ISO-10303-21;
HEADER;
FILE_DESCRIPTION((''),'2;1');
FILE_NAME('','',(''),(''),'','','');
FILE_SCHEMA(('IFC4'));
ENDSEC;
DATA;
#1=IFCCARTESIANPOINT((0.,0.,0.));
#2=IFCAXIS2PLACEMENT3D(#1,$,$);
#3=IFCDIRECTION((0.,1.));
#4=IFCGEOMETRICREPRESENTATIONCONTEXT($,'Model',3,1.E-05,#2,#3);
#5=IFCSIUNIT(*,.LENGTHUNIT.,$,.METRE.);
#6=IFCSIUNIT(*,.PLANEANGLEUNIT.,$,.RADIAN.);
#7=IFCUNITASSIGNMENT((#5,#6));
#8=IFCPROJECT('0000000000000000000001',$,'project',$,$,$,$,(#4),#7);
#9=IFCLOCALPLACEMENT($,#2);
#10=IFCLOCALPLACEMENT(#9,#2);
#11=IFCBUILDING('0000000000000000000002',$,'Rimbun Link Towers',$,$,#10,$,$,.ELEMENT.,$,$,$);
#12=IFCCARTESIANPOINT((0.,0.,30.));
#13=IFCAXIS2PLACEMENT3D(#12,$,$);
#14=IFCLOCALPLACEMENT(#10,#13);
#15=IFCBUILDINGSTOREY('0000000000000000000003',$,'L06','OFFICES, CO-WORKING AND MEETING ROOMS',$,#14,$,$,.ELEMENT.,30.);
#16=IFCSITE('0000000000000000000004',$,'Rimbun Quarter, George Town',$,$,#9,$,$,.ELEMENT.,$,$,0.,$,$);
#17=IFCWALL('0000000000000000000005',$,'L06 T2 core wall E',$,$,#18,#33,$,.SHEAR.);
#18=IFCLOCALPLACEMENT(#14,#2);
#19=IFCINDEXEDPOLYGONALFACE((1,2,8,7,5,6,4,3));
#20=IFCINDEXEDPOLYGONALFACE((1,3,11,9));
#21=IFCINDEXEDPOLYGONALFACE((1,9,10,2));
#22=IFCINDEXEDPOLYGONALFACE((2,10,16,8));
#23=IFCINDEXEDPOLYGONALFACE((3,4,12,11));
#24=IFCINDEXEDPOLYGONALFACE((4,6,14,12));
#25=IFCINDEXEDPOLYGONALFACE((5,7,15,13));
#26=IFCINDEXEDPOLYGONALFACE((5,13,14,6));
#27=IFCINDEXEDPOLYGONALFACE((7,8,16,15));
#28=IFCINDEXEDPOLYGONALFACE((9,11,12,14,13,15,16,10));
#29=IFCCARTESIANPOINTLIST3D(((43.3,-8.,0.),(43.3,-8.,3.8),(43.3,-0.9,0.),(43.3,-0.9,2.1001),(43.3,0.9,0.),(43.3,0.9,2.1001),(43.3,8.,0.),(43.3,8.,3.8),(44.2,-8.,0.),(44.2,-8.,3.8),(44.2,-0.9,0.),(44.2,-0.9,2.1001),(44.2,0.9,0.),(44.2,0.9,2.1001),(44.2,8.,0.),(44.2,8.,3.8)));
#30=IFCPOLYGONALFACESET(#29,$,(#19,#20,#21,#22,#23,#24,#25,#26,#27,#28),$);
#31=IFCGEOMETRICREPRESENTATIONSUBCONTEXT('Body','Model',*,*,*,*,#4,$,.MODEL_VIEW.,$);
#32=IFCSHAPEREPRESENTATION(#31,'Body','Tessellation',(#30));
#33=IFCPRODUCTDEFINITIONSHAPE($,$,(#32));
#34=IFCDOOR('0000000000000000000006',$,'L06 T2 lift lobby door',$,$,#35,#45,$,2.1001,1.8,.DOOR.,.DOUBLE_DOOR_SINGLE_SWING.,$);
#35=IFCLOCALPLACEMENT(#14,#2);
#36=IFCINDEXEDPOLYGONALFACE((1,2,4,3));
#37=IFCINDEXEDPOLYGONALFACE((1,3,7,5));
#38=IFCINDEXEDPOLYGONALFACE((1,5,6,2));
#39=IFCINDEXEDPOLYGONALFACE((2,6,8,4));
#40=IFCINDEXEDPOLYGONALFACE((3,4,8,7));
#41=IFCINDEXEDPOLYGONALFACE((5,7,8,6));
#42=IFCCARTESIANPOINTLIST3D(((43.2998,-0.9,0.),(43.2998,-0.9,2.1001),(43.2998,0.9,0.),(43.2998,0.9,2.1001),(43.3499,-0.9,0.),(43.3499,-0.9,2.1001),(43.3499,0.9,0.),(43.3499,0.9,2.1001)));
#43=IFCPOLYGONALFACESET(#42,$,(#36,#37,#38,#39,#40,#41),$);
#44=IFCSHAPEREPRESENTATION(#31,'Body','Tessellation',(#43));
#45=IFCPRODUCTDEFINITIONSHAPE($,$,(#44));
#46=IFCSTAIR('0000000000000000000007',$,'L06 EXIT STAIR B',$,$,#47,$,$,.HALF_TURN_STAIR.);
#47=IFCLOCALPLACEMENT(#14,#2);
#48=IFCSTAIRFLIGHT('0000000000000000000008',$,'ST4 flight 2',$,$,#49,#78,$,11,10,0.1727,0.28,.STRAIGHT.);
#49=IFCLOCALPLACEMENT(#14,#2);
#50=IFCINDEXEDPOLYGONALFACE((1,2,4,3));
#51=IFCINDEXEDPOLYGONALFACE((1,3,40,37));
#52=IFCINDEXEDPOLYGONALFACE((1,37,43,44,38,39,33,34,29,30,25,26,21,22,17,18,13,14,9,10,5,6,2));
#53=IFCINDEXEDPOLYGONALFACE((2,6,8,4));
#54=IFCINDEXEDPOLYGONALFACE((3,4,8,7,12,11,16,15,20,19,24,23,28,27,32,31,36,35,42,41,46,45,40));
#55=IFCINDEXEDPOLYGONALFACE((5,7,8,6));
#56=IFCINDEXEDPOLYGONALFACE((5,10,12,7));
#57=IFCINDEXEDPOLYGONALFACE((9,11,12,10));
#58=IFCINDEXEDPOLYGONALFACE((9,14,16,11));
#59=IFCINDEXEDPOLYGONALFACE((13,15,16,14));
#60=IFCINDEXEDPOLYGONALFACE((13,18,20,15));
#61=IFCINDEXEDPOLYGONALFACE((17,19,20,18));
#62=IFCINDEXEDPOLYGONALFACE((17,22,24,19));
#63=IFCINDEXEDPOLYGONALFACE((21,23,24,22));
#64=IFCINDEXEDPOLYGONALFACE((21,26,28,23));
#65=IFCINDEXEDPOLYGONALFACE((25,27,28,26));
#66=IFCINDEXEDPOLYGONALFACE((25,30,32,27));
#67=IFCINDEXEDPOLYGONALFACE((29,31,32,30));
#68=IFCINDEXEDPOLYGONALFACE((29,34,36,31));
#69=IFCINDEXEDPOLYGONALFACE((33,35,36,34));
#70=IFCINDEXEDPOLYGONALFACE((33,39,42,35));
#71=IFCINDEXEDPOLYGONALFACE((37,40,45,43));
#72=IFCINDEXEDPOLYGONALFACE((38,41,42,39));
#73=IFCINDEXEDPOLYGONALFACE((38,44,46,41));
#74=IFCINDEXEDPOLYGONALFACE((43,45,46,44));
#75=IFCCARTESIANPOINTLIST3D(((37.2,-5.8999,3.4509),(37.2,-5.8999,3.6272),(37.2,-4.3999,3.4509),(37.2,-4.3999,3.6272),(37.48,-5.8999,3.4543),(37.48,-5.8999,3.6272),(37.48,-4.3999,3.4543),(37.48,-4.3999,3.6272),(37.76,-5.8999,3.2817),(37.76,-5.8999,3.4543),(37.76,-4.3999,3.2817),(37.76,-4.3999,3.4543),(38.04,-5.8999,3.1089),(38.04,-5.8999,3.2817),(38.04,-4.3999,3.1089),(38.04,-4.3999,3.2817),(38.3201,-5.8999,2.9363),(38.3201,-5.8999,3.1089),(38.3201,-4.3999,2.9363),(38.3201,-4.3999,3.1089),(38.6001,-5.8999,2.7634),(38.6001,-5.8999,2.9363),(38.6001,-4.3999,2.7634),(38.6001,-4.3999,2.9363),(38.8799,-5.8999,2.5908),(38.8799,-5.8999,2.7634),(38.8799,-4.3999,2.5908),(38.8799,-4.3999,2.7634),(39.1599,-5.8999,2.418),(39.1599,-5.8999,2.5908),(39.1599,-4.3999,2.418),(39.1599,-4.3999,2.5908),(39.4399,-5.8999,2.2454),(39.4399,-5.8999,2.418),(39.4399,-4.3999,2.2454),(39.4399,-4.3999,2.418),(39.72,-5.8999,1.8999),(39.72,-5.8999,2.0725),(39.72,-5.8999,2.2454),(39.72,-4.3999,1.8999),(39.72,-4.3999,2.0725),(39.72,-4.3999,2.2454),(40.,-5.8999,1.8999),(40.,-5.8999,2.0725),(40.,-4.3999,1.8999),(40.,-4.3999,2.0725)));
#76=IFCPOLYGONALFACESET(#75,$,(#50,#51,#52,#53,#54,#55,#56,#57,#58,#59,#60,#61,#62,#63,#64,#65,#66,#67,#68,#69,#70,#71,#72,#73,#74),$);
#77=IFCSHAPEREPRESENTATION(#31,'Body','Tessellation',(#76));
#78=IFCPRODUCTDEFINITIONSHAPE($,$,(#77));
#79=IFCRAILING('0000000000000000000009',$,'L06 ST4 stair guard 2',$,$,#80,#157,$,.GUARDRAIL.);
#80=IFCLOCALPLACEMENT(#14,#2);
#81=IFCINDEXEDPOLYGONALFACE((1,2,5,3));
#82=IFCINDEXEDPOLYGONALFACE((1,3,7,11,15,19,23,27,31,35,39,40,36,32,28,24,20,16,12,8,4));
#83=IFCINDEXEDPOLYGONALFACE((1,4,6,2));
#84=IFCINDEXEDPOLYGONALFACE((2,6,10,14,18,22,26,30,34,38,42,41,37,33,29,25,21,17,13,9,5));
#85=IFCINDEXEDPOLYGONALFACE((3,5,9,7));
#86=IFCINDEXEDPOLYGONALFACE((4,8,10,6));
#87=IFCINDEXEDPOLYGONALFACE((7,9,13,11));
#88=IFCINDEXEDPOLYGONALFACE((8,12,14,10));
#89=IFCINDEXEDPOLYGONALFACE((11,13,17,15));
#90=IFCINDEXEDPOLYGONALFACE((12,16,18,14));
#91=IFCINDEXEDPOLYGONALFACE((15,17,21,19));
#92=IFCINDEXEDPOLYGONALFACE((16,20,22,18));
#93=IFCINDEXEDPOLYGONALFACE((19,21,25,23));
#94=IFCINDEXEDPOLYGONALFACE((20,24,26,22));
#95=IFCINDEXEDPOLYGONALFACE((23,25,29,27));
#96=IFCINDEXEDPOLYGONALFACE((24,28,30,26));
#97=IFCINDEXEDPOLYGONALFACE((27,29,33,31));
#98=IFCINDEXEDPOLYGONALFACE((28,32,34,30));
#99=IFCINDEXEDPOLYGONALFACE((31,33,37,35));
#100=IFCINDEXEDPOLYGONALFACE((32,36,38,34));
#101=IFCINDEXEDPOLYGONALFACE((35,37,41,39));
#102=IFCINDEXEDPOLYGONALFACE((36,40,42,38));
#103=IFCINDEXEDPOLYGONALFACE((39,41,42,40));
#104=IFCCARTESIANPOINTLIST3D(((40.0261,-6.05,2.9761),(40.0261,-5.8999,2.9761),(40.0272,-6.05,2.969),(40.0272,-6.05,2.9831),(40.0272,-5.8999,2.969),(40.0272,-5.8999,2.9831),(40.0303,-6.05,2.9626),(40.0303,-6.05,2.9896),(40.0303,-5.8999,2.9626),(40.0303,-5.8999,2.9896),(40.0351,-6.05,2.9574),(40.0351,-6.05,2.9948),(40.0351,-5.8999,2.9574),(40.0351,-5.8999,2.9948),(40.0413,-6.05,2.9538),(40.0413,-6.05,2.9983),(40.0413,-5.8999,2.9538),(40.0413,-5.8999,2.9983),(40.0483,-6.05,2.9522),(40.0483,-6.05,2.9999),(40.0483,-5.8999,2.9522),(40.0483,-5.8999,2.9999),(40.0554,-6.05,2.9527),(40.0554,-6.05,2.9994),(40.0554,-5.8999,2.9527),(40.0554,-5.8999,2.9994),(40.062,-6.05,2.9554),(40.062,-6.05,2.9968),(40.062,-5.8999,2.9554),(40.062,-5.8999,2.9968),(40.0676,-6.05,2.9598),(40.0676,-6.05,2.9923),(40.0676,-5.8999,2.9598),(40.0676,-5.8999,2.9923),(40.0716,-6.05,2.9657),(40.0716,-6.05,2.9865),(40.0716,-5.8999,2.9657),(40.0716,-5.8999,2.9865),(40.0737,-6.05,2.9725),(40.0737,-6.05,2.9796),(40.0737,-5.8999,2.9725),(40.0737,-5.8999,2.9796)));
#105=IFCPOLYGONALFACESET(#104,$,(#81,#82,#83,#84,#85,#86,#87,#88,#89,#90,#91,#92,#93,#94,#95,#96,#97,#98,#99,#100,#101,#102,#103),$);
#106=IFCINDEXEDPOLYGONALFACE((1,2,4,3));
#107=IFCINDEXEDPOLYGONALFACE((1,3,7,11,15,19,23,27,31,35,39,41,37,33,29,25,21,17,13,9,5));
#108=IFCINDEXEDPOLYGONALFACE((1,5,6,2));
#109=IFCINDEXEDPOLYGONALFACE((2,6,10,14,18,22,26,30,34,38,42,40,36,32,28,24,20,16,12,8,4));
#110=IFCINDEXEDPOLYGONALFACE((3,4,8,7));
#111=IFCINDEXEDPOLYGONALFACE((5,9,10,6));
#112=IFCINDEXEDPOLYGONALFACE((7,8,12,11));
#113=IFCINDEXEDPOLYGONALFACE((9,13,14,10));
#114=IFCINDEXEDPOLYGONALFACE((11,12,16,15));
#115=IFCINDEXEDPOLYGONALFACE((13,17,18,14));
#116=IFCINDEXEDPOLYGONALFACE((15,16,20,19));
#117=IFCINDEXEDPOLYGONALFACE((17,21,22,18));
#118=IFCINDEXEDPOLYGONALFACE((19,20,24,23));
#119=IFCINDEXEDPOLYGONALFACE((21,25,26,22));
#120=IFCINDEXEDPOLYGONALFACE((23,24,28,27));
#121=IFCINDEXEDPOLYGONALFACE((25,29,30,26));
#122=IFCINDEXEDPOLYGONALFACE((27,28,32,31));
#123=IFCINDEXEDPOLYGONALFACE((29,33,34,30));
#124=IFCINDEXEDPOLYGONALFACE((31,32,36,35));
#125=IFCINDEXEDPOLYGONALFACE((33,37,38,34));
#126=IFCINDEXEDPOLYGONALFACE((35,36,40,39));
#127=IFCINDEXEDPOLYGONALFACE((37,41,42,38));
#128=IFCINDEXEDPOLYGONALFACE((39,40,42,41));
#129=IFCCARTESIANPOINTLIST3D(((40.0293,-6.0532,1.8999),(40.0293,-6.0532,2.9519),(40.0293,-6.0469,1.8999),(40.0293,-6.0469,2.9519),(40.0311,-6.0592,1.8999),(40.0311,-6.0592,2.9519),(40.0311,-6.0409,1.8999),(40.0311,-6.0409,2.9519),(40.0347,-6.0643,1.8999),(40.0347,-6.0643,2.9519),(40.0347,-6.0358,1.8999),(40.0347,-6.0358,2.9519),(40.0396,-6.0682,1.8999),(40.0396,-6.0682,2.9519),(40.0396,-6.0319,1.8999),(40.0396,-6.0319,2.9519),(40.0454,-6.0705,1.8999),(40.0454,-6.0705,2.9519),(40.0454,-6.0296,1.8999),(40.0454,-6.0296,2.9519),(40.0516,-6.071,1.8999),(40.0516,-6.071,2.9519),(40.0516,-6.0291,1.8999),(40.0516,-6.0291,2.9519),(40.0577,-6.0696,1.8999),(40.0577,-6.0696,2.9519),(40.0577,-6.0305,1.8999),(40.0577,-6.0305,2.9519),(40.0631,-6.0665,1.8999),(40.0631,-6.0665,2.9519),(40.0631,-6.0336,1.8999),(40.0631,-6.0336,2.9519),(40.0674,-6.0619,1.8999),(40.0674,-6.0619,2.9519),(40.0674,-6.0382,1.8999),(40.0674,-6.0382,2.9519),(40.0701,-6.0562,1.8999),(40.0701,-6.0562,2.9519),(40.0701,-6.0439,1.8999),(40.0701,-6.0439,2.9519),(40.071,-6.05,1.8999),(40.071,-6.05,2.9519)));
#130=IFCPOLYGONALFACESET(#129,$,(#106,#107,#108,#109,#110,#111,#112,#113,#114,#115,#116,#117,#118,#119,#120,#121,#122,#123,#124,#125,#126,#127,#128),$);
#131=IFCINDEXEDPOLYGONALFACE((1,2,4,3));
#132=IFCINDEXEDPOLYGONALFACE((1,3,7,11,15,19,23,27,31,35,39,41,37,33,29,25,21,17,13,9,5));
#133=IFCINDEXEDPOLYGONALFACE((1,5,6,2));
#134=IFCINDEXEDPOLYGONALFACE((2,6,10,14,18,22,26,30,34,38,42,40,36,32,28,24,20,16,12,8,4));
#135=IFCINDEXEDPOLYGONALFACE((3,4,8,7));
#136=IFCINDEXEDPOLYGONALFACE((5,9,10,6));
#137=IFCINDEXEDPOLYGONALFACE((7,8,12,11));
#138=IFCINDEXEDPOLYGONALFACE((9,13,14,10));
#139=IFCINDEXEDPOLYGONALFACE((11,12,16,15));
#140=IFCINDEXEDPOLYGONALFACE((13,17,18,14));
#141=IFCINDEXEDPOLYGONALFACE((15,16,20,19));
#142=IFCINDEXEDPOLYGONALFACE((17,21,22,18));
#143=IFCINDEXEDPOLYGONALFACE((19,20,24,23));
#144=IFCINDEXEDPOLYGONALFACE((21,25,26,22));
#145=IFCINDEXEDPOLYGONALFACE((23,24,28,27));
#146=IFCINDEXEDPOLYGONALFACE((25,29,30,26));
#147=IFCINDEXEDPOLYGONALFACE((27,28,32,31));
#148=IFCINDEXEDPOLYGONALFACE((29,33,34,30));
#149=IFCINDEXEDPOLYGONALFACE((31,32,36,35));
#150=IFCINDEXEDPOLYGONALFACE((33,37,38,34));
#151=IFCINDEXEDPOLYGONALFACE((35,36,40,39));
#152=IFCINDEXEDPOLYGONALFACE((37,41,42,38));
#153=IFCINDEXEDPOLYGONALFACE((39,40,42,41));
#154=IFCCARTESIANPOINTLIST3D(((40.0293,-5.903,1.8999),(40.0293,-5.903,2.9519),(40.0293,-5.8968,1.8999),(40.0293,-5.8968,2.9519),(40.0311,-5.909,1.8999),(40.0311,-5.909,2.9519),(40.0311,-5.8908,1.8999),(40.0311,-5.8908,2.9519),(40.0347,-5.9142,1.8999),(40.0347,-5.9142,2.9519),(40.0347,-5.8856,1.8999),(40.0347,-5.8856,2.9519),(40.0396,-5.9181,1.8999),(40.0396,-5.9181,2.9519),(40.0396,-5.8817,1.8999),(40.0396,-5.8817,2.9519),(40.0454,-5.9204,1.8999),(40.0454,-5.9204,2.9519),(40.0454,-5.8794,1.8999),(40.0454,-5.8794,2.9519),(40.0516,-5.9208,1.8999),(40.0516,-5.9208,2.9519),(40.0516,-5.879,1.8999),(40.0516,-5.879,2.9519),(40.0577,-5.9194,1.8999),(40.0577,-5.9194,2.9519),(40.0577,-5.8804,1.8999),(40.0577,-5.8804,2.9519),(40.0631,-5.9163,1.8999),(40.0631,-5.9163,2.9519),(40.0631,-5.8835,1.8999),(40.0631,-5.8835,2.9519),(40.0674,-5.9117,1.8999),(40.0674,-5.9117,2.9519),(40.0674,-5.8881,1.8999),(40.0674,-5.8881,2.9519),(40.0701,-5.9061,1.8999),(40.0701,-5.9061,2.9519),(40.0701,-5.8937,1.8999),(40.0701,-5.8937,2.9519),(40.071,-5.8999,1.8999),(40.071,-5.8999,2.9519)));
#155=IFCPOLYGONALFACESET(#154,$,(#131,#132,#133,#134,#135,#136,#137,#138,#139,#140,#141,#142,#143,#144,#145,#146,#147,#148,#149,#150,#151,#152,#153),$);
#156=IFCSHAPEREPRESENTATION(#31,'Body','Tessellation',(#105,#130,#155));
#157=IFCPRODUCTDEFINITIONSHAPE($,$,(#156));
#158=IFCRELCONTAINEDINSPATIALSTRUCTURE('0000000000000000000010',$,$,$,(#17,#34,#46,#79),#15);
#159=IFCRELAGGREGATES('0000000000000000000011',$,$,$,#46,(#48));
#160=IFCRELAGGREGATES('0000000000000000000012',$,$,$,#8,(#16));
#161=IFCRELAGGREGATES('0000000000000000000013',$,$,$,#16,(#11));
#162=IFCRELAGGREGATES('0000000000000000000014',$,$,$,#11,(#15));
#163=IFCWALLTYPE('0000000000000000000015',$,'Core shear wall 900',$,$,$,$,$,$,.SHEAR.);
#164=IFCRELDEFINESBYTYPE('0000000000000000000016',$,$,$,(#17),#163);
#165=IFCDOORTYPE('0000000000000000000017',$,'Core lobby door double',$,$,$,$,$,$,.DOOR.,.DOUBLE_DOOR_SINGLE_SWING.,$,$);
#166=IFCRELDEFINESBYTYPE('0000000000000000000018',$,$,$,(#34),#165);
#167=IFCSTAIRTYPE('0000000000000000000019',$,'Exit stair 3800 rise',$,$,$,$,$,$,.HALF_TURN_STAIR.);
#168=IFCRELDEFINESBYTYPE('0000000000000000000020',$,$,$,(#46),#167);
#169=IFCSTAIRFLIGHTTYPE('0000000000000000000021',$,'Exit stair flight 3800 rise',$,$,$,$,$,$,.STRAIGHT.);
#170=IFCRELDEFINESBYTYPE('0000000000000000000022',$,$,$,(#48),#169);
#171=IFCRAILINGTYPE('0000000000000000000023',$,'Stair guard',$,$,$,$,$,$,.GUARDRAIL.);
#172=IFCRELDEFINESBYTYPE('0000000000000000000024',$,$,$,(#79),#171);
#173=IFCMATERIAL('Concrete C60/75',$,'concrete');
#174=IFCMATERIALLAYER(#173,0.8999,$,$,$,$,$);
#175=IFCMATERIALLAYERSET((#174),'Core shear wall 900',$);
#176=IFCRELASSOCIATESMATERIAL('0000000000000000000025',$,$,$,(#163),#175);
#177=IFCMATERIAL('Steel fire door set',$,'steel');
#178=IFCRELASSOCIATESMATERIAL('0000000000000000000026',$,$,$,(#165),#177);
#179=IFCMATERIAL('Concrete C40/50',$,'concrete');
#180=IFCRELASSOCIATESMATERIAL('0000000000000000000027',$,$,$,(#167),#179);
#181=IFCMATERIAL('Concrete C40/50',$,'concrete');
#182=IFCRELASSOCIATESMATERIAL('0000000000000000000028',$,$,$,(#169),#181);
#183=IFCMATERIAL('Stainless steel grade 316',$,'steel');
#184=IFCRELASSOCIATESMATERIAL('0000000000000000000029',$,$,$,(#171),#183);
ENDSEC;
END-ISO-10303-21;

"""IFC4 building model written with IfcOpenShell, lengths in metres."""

from ifc_helpers import new_model, si_unit, direction, frame, frame_2d, origin, origin_2d, place, context, subcontext, project, spatial, polyline, rectangle, circle, outline, extrude, material, layer, layer_set, type_object, element, fill, aggregate, save


model = new_model("IFC4")

# Units and contexts
model_context = context("Model", 3, precision=1e-05, world=origin(), true_north=direction((0.0, 1.0)))
body_context = subcontext(model_context, "Body", "Model", "MODEL_VIEW")
ifc_project = project(units=[si_unit("LENGTHUNIT", "METRE"), si_unit("PLANEANGLEUNIT", "RADIAN")], contexts=[model_context])

# Site, building, storey
site_placement = place(None, origin())
site = spatial("IfcSite", under=ifc_project, at=site_placement, Name="Rimbun Quarter, George Town", CompositionType="ELEMENT", RefElevation=0.0)
building_placement = place(site_placement, origin())
building = spatial("IfcBuilding", under=site, at=building_placement, Name="Rimbun Link Towers", CompositionType="ELEMENT")
storey_placement = place(building_placement, frame((0.0, 0.0, 30.0)))
storey = spatial("IfcBuildingStorey", under=building, at=storey_placement, Name="L06", Description="OFFICES, CO-WORKING AND MEETING ROOMS", CompositionType="ELEMENT", Elevation=30.0)

# Wall, opening, door
ifc_material_1 = material(Name="Concrete C60/75", Category="concrete")
ifc_layer_1 = layer(ifc_material_1, 0.8999)
ifc_layer_set_1 = layer_set([ifc_layer_1], Name="Core shear wall 900")
wall_type_1 = type_object("IfcWallType", Name="Core shear wall 900", PredefinedType="SHEAR", material=ifc_layer_set_1)
wall_1_placement = place(storey_placement, frame((43.75, -8.0, 0.0), z_axis=(0.0, 0.0, 1.0), x_axis=(0.0, 1.0, 0.0)))
wall_1 = element("IfcWall", 1, at=wall_1_placement, inside=storey, type_object=wall_type_1, Name="L06 T2 core wall E", PredefinedType="SHEAR", context=body_context, shape_type="SweptSolid", body=[
    extrude(rectangle(XDim=16.0, YDim=0.8999, at=frame_2d((8.0, 0.0))), origin(), (0.0, 0.0, 1.0), 3.8),
])
opening_1_placement = place(wall_1_placement, frame((7.1001, 0.0, 0.0)))
opening_1 = element("IfcOpeningElement", 2, at=opening_1_placement, cuts=wall_1, PredefinedType="OPENING", context=body_context, shape_type="SweptSolid", body=[
    extrude(rectangle(XDim=1.8, YDim=2.1001, at=frame_2d((0.8999, 1.05))), frame((0.0, 0.46, 0.0), z_axis=(0.0, -1.0, 0.0), x_axis=(1.0, 0.0, 0.0)), (0.0, 0.0, 1.0), 0.9199),
])
ifc_material_2 = material(Name="Steel fire door set", Category="steel")
door_type = type_object("IfcDoorType", Name="Core lobby door double", OperationType="DOUBLE_DOOR_SINGLE_SWING", PredefinedType="DOOR", material=ifc_material_2)
door_placement = place(opening_1_placement, origin())
door = element("IfcDoor", 3, at=door_placement, inside=storey, type_object=door_type, Name="L06 T2 lift lobby door", OperationType="DOUBLE_DOOR_SINGLE_SWING", OverallHeight=2.1001, OverallWidth=1.8, PredefinedType="DOOR", context=body_context, shape_type="SweptSolid", body=[
    extrude(rectangle(XDim=1.8, YDim=2.1001, at=frame_2d((0.8999, 1.05))), frame((0.0, 0.4502, 0.0), z_axis=(0.0, -1.0, 0.0), x_axis=(1.0, 0.0, 0.0)), (0.0, 0.0, 1.0), 0.05),
])
fill(opening_1, door)

# Stair, stair flight
ifc_material_3 = material(Name="Concrete C40/50", Category="concrete")
stair_type = type_object("IfcStairType", Name="Exit stair 3800 rise", PredefinedType="HALF_TURN_STAIR", material=ifc_material_3)
stair_placement = place(storey_placement, origin())
stair = element("IfcStair", 4, at=stair_placement, inside=storey, type_object=stair_type, Name="L06 EXIT STAIR B", PredefinedType="HALF_TURN_STAIR")
ifc_material_4 = material(Name="Concrete C40/50", Category="concrete")
stair_flight_type = type_object("IfcStairFlightType", Name="Exit stair flight 3800 rise", PredefinedType="STRAIGHT", material=ifc_material_4)
stair_flight_placement = place(storey_placement, frame((40.0, -5.1499, 1.8999), z_axis=(0.0, 0.0, 1.0), x_axis=(-1.0, 0.0, 0.0)))
stair_flight = element("IfcStairFlight", 5, at=stair_flight_placement, type_object=stair_flight_type, Name="ST4 flight 2", NumberOfRisers=11, NumberOfTreads=10, PredefinedType="STRAIGHT", RiserHeight=0.1727, TreadLength=0.28, context=body_context, shape_type="SweptSolid", body=[
    extrude(outline(polyline([(0.0, 0.0), (0.0, 0.1726), (0.28, 0.1726), (0.28, 0.3455), (0.5601, 0.3455), (0.5601, 0.5181), (0.8401, 0.5181), (0.8401, 0.6909), (1.1201, 0.6909), (1.1201, 0.8635), (1.3999, 0.8635), (1.3999, 1.0364), (1.6799, 1.0364), (1.6799, 1.209), (1.96, 1.209), (1.96, 1.3818), (2.24, 1.3818), (2.24, 1.5544), (2.52, 1.5544), (2.52, 1.7273), (2.8, 1.7273), (2.8, 1.8999), (2.8, 1.551), (0.28, 0.0), (0.0, 0.0)])), frame((0.0, 0.75, 0.0), z_axis=(0.0, -1.0, 0.0), x_axis=(1.0, 0.0, 0.0)), (0.0, 0.0, 1.0), 1.5),
])
aggregate(stair, [stair_flight])

# Railing
ifc_material_5 = material(Name="Stainless steel grade 316", Category="steel")
railing_type_1 = type_object("IfcRailingType", Name="Stair guard", PredefinedType="GUARDRAIL", material=ifc_material_5)
railing_1_placement = place(storey_placement, frame((40.05, -6.05, 1.8999)))
element("IfcRailing", 6, at=railing_1_placement, inside=storey, type_object=railing_type_1, Name="L06 ST4 stair guard 2", PredefinedType="GUARDRAIL", context=body_context, shape_type="SweptSolid", body=[
    extrude(circle(Radius=0.0239, at=origin_2d()), frame((0.0, 0.0, 1.0762), z_axis=(0.0, 1.0, 0.0), x_axis=(-1.0, 0.0, 0.0)), (0.0, 0.0, 1.0), 0.1501),
    extrude(circle(Radius=0.021, at=origin_2d()), origin(), (0.0, 0.0, 1.0), 1.052),
    extrude(circle(Radius=0.021, at=origin_2d()), frame((0.0, 0.1501, 0.0)), (0.0, 0.0, 1.0), 1.052),
])

save(model, "model.ifc")
